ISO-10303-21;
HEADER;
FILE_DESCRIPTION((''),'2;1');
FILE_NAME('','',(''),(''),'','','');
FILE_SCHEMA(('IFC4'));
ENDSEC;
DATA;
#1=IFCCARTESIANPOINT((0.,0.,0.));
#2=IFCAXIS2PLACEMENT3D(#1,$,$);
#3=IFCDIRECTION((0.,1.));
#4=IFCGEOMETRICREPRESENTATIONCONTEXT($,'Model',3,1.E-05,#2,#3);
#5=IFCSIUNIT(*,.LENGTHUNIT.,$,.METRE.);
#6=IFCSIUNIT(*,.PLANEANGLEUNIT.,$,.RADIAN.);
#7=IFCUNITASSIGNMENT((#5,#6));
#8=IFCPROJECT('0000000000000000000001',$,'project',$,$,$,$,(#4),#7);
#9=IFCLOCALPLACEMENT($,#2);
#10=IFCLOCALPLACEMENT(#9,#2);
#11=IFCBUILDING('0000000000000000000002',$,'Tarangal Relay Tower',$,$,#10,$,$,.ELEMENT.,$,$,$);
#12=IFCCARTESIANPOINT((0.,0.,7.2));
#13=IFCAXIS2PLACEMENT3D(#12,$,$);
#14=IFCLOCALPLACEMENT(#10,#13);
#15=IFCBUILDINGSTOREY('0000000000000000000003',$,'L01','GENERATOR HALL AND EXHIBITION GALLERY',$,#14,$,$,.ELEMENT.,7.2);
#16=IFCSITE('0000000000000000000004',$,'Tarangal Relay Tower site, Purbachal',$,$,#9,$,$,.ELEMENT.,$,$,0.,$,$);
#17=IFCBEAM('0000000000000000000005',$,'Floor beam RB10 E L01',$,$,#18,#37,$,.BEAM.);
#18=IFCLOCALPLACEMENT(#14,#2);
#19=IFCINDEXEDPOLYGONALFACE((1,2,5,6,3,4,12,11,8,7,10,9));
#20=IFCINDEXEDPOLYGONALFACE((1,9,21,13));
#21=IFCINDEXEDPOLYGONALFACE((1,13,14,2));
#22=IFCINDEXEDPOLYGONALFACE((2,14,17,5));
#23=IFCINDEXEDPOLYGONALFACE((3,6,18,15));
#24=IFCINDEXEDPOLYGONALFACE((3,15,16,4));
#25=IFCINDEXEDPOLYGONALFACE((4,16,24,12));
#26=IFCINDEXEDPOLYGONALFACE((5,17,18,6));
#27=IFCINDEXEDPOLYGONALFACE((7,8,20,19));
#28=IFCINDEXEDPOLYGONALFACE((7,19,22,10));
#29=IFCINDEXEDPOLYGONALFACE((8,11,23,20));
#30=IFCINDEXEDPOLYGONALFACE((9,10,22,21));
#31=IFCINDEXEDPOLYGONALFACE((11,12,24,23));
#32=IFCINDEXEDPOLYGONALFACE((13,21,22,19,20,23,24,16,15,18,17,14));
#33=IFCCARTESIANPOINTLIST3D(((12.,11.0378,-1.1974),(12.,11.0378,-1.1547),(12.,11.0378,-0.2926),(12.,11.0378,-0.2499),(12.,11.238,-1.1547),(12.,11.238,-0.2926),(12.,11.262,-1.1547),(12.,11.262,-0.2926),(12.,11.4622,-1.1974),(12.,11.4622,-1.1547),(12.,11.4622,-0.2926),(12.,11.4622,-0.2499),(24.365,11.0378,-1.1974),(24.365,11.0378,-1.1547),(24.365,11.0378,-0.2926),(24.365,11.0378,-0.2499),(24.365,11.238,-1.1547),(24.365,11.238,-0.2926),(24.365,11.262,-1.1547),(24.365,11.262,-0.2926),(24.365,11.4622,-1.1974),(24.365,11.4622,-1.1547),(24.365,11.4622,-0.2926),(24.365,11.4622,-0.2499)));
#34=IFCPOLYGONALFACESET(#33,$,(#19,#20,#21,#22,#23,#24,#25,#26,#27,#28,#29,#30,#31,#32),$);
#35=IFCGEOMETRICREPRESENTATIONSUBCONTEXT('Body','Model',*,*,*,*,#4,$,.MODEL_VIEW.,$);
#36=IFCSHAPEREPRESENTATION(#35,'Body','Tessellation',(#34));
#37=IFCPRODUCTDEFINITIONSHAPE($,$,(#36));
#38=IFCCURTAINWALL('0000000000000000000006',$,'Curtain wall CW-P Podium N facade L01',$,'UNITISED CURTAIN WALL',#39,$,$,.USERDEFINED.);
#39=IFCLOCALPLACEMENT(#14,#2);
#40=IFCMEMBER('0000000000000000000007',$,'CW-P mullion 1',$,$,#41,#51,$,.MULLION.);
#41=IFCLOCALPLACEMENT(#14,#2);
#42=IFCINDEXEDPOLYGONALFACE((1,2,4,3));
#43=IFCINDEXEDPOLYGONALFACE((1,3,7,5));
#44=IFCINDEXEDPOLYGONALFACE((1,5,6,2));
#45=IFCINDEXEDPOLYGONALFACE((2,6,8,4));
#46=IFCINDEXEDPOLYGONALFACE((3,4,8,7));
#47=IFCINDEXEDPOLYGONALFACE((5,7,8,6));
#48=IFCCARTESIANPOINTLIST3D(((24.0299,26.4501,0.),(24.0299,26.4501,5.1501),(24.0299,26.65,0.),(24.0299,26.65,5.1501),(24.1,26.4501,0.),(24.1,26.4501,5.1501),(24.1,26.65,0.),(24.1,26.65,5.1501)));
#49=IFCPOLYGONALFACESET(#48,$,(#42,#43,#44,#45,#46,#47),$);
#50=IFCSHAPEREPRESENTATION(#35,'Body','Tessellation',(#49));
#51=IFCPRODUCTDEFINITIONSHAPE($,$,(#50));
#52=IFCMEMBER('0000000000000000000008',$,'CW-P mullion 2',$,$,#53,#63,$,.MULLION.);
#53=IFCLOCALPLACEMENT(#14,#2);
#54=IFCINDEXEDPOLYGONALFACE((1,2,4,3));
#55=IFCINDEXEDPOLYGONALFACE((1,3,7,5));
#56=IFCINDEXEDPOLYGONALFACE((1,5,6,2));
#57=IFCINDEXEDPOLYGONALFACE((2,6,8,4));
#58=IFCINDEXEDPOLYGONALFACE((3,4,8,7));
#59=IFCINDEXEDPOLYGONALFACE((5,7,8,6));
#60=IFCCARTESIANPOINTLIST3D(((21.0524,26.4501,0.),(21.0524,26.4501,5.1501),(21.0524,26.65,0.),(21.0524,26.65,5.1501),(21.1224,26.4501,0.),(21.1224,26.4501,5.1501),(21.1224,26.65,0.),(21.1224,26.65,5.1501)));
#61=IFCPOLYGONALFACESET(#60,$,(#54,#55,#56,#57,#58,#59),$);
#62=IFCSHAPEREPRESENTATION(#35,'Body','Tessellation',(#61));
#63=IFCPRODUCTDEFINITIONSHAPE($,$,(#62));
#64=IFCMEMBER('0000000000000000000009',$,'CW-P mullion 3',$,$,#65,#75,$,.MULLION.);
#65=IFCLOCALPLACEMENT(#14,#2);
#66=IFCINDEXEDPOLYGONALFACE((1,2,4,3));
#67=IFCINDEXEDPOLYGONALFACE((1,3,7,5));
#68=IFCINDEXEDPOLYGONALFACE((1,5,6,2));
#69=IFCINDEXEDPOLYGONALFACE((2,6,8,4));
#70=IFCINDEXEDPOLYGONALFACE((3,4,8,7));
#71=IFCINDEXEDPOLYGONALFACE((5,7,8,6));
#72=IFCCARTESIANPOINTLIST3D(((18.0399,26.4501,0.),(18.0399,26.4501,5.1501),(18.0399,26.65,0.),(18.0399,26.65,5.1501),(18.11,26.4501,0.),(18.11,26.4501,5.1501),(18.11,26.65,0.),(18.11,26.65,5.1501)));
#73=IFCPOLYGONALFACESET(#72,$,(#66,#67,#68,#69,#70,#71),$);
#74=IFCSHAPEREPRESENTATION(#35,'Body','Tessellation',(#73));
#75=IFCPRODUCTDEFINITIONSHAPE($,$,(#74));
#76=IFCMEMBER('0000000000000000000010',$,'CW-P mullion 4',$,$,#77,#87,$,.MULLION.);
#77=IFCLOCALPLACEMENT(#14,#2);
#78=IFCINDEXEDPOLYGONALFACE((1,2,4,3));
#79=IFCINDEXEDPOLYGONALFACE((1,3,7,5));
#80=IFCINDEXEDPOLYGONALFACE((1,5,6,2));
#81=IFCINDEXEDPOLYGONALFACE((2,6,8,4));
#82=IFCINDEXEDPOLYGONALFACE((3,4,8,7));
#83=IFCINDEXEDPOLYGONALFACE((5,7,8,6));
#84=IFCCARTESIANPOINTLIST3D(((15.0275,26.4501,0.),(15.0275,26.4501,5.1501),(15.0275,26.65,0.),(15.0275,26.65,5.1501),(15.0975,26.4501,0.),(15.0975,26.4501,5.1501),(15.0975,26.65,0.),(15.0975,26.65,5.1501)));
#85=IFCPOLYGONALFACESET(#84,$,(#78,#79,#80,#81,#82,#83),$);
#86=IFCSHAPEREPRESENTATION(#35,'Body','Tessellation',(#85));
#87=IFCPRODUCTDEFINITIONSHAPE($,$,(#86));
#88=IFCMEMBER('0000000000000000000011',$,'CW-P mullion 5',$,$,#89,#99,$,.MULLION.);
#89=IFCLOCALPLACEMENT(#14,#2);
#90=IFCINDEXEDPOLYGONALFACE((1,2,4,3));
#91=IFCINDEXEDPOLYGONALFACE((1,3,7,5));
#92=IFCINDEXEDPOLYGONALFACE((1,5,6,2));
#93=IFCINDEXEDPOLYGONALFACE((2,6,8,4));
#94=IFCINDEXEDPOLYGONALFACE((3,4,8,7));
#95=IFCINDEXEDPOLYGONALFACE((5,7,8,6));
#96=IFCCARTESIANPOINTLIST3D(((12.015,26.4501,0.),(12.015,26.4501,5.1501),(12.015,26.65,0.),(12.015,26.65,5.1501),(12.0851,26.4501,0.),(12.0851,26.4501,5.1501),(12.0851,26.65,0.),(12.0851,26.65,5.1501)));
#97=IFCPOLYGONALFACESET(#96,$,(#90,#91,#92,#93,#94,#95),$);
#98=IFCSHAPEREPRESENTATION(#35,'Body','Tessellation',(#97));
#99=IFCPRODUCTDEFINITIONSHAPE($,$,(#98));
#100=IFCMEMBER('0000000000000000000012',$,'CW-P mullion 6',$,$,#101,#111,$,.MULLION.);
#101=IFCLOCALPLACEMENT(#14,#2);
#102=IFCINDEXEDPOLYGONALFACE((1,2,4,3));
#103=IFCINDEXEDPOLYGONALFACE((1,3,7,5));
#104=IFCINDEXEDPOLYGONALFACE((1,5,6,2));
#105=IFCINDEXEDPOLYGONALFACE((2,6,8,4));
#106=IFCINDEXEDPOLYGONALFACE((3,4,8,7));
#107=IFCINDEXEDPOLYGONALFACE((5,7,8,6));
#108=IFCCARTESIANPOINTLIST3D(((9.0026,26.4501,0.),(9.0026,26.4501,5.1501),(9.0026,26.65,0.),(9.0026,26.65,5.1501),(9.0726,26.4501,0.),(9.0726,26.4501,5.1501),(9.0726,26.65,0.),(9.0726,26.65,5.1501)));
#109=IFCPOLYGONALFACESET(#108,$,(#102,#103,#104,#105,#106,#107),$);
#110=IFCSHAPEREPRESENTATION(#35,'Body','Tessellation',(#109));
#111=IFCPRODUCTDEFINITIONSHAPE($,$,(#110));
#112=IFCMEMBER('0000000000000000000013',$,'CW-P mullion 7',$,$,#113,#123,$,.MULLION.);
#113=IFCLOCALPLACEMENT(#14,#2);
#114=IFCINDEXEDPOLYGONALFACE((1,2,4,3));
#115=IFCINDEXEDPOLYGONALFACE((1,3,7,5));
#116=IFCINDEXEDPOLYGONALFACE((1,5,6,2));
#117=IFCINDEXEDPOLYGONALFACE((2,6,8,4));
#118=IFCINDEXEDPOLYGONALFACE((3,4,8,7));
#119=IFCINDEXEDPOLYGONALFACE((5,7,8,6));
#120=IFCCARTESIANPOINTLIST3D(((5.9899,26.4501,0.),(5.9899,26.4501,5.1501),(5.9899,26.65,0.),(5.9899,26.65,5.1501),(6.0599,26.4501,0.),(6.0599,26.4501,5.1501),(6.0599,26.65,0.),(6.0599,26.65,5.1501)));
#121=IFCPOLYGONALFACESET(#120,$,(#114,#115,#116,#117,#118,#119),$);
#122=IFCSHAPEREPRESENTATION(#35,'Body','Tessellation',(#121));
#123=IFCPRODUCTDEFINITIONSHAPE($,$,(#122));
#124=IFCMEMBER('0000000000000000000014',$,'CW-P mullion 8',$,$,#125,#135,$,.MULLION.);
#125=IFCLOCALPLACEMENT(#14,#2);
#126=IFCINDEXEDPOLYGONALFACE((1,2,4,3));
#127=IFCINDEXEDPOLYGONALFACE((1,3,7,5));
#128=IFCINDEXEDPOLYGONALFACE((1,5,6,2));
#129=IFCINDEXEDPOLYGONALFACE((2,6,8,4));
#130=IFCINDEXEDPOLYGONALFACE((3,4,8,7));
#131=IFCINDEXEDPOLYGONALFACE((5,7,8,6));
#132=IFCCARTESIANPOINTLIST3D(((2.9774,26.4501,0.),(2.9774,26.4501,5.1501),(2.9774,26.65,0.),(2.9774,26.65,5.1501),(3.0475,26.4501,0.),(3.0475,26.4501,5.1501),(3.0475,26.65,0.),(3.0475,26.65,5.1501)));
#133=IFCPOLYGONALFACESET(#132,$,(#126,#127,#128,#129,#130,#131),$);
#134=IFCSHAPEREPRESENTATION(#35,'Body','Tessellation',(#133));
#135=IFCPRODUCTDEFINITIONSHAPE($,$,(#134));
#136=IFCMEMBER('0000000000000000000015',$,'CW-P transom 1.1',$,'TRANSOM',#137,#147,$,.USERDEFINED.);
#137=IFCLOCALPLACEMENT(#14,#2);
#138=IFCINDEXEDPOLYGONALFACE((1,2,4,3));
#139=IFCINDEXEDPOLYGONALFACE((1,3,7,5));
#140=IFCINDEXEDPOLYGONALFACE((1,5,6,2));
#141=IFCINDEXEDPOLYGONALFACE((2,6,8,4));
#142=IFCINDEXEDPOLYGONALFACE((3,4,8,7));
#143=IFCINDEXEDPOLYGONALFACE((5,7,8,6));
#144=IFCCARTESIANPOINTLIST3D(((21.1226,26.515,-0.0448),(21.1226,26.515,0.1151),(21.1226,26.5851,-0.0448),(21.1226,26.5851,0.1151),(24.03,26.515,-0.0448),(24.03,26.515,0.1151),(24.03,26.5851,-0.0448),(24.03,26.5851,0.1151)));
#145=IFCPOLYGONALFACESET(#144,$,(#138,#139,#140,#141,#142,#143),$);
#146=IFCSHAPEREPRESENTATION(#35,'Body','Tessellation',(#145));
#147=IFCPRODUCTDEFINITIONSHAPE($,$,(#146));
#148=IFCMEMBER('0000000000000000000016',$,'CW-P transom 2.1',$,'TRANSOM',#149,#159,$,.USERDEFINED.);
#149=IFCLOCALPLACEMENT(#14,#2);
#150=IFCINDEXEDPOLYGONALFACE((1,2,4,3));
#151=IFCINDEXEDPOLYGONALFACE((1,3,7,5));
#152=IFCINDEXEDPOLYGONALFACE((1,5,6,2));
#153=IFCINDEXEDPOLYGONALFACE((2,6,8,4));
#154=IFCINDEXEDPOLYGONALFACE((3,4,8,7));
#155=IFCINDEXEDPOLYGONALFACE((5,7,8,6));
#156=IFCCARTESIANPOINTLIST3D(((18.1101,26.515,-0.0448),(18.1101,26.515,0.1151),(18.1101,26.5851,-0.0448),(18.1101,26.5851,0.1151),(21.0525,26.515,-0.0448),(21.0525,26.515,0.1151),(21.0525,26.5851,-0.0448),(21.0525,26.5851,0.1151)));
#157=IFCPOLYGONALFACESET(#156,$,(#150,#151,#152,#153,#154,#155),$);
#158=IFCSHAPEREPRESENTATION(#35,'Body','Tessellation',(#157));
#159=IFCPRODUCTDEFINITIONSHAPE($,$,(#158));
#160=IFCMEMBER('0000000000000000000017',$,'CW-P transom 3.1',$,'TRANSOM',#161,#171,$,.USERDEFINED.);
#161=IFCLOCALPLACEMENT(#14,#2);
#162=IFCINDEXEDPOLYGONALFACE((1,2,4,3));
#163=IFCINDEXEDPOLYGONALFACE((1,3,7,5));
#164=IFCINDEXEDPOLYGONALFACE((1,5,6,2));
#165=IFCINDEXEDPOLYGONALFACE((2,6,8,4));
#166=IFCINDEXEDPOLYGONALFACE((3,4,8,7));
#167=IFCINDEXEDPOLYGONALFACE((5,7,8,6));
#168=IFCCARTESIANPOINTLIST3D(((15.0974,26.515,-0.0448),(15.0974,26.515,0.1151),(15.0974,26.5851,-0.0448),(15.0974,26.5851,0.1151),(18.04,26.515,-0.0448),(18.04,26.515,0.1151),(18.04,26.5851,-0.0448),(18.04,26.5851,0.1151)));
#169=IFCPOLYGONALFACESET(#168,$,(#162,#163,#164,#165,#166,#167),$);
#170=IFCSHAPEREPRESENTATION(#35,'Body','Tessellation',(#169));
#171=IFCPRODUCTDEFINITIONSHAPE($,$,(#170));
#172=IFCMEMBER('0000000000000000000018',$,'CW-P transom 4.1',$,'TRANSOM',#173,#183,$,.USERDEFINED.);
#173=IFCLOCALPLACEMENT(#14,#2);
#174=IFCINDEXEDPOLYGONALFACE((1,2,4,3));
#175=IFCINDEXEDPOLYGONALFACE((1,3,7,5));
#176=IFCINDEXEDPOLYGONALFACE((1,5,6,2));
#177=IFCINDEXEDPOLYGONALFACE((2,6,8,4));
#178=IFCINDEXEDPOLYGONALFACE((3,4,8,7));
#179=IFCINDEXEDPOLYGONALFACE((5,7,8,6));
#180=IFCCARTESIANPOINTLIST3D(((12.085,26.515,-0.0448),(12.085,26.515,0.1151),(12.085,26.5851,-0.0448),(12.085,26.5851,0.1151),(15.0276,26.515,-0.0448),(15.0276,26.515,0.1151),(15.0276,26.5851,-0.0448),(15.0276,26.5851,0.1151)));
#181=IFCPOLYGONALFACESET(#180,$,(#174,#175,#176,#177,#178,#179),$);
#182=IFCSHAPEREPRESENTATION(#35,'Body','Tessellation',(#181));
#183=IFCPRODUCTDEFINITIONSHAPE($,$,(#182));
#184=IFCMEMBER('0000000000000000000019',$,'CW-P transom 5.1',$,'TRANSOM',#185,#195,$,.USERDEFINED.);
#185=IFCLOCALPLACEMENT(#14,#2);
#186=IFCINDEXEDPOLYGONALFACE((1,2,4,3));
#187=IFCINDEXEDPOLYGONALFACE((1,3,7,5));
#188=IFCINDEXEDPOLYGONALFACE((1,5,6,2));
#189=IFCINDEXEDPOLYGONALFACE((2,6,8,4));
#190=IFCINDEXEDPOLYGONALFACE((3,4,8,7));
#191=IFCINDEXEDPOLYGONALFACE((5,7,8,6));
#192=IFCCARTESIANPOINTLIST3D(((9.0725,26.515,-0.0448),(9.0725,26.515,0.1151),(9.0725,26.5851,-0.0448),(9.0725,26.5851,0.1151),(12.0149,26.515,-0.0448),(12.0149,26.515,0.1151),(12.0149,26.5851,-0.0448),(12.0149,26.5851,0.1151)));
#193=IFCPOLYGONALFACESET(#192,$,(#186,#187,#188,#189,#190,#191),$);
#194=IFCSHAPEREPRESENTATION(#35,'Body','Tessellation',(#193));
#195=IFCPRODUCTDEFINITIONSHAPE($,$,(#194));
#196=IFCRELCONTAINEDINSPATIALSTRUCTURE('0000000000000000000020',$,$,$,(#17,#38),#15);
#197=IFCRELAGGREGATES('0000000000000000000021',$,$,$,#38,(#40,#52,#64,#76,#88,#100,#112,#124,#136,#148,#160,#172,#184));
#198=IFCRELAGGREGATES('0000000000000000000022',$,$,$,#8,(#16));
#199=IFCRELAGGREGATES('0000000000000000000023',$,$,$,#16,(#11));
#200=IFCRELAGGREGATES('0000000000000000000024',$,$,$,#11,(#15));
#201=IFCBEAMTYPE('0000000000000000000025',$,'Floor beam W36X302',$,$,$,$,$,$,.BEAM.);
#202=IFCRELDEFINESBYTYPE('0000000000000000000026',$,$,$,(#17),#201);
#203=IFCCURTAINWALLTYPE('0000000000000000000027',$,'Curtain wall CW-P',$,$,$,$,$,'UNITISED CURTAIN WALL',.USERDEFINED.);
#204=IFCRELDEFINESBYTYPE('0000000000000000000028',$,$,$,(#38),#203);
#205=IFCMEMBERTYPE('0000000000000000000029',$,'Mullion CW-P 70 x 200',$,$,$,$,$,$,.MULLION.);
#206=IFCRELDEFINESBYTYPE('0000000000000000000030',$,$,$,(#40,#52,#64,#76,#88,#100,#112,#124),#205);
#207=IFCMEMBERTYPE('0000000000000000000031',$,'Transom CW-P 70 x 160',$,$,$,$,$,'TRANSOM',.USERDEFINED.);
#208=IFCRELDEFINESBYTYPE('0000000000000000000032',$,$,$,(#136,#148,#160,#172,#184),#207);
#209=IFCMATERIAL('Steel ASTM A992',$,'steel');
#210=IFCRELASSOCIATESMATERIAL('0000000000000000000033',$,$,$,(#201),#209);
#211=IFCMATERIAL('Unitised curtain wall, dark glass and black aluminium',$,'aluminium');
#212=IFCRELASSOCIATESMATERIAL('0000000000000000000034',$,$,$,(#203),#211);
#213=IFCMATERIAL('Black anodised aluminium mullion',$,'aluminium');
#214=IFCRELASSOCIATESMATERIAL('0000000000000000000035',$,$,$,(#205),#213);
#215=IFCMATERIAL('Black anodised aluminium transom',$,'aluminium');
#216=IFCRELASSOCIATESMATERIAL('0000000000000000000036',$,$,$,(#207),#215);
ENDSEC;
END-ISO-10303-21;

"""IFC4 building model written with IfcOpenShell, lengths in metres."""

from ifc_helpers import new_model, si_unit, direction, frame, origin, origin_2d, place, context, subcontext, project, spatial, rectangle, i_section, extrude, material, material_profile, profile_set, type_object, element, aggregate, save


model = new_model("IFC4")

# Units and contexts
model_context = context("Model", 3, precision=1e-05, world=origin(), true_north=direction((0.0, 1.0)))
body_context = subcontext(model_context, "Body", "Model", "MODEL_VIEW")
ifc_project = project(units=[si_unit("LENGTHUNIT", "METRE"), si_unit("PLANEANGLEUNIT", "RADIAN")], contexts=[model_context])

# Site, building, storey
site_placement = place(None, origin())
site = spatial("IfcSite", under=ifc_project, at=site_placement, Name="Tarangal Relay Tower site, Purbachal", CompositionType="ELEMENT", RefElevation=0.0)
building_placement = place(site_placement, origin())
building = spatial("IfcBuilding", under=site, at=building_placement, Name="Tarangal Relay Tower", CompositionType="ELEMENT")
storey_placement = place(building_placement, frame((0.0, 0.0, 7.2)))
storey = spatial("IfcBuildingStorey", under=building, at=storey_placement, Name="L01", Description="GENERATOR HALL AND EXHIBITION GALLERY", CompositionType="ELEMENT", Elevation=7.2)

# Beam
ifc_material_1 = material(Name="Steel ASTM A992", Category="steel")
ifc_material_profile_1 = material_profile(ifc_material_1, i_section(OverallWidth=0.4243, OverallDepth=0.9475, WebThickness=0.0239, FlangeThickness=0.0427, at=origin_2d()), Name="W36X302")
ifc_profile_set_1 = profile_set([ifc_material_profile_1], Name="Steel ASTM A992")
beam_type_1 = type_object("IfcBeamType", Name="Floor beam W36X302", PredefinedType="BEAM", material=ifc_profile_set_1)
for number, where, z_axis, x_axis, name in (
    (1, (12.0, 11.25, -0.7236), (1.0, 0.0, 0.0), (0.0, 1.0, 0.0), "Floor beam RB10 E L01"),
):
    element("IfcBeam", number, at=place(storey_placement, frame(where, z_axis=z_axis, x_axis=x_axis)), inside=storey, type_object=beam_type_1, Name=name, PredefinedType="BEAM", context=body_context, shape_type="SweptSolid", body=[
        extrude(i_section(OverallWidth=0.4243, OverallDepth=0.9475, WebThickness=0.0239, FlangeThickness=0.0427, at=origin_2d()), origin(), (0.0, 0.0, 1.0), 12.365),
    ])

# Curtain wall, members
ifc_material_2 = material(Name="Unitised curtain wall, dark glass and black aluminium", Category="aluminium")
curtain_wall_type = type_object("IfcCurtainWallType", Name="Curtain wall CW-P", ElementType="UNITISED CURTAIN WALL", PredefinedType="USERDEFINED", material=ifc_material_2)
curtain_wall_placement = place(storey_placement, origin())
curtain_wall = element("IfcCurtainWall", 2, at=curtain_wall_placement, inside=storey, type_object=curtain_wall_type, Name="Curtain wall CW-P Podium N facade L01", ObjectType="UNITISED CURTAIN WALL", PredefinedType="USERDEFINED")
ifc_material_3 = material(Name="Black anodised aluminium mullion", Category="aluminium")
ifc_material_profile_2 = material_profile(ifc_material_3, rectangle(XDim=0.2, YDim=0.0701, at=origin_2d()), Name="CW-PM 70X200")
ifc_profile_set_2 = profile_set([ifc_material_profile_2], Name="Black anodised aluminium mullion")
member_type_1 = type_object("IfcMemberType", Name="Mullion CW-P 70 x 200", PredefinedType="MULLION", material=ifc_profile_set_2)
member_1_placement = place(storey_placement, frame((24.0649, 26.55, 0.0), z_axis=(0.0, 0.0, 1.0), x_axis=(0.0, -1.0, 0.0)))
member_1 = element("IfcMember", 3, at=member_1_placement, type_object=member_type_1, Name="CW-P mullion 1", PredefinedType="MULLION", context=body_context, shape_type="SweptSolid", body=[
    extrude(rectangle(XDim=0.2, YDim=0.0701, at=origin_2d()), origin(), (0.0, 0.0, 1.0), 5.1501),
])
member_2_placement = place(storey_placement, frame((21.0874, 26.55, 0.0), z_axis=(0.0, 0.0, 1.0), x_axis=(0.0, -1.0, 0.0)))
member_2 = element("IfcMember", 4, at=member_2_placement, type_object=member_type_1, Name="CW-P mullion 2", PredefinedType="MULLION", context=body_context, shape_type="SweptSolid", body=[
    extrude(rectangle(XDim=0.2, YDim=0.0701, at=origin_2d()), origin(), (0.0, 0.0, 1.0), 5.1501),
])
member_3_placement = place(storey_placement, frame((18.075, 26.55, 0.0), z_axis=(0.0, 0.0, 1.0), x_axis=(0.0, -1.0, 0.0)))
member_3 = element("IfcMember", 5, at=member_3_placement, type_object=member_type_1, Name="CW-P mullion 3", PredefinedType="MULLION", context=body_context, shape_type="SweptSolid", body=[
    extrude(rectangle(XDim=0.2, YDim=0.0701, at=origin_2d()), origin(), (0.0, 0.0, 1.0), 5.1501),
])
member_4_placement = place(storey_placement, frame((15.0625, 26.55, 0.0), z_axis=(0.0, 0.0, 1.0), x_axis=(0.0, -1.0, 0.0)))
member_4 = element("IfcMember", 6, at=member_4_placement, type_object=member_type_1, Name="CW-P mullion 4", PredefinedType="MULLION", context=body_context, shape_type="SweptSolid", body=[
    extrude(rectangle(XDim=0.2, YDim=0.0701, at=origin_2d()), origin(), (0.0, 0.0, 1.0), 5.1501),
])
member_5_placement = place(storey_placement, frame((12.05, 26.55, 0.0), z_axis=(0.0, 0.0, 1.0), x_axis=(0.0, -1.0, 0.0)))
member_5 = element("IfcMember", 7, at=member_5_placement, type_object=member_type_1, Name="CW-P mullion 5", PredefinedType="MULLION", context=body_context, shape_type="SweptSolid", body=[
    extrude(rectangle(XDim=0.2, YDim=0.0701, at=origin_2d()), origin(), (0.0, 0.0, 1.0), 5.1501),
])
member_6_placement = place(storey_placement, frame((9.0376, 26.55, 0.0), z_axis=(0.0, 0.0, 1.0), x_axis=(0.0, -1.0, 0.0)))
member_6 = element("IfcMember", 8, at=member_6_placement, type_object=member_type_1, Name="CW-P mullion 6", PredefinedType="MULLION", context=body_context, shape_type="SweptSolid", body=[
    extrude(rectangle(XDim=0.2, YDim=0.0701, at=origin_2d()), origin(), (0.0, 0.0, 1.0), 5.1501),
])
member_7_placement = place(storey_placement, frame((6.0249, 26.55, 0.0), z_axis=(0.0, 0.0, 1.0), x_axis=(0.0, -1.0, 0.0)))
member_7 = element("IfcMember", 9, at=member_7_placement, type_object=member_type_1, Name="CW-P mullion 7", PredefinedType="MULLION", context=body_context, shape_type="SweptSolid", body=[
    extrude(rectangle(XDim=0.2, YDim=0.0701, at=origin_2d()), origin(), (0.0, 0.0, 1.0), 5.1501),
])
member_8_placement = place(storey_placement, frame((3.0125, 26.55, 0.0), z_axis=(0.0, 0.0, 1.0), x_axis=(0.0, -1.0, 0.0)))
member_8 = element("IfcMember", 10, at=member_8_placement, type_object=member_type_1, Name="CW-P mullion 8", PredefinedType="MULLION", context=body_context, shape_type="SweptSolid", body=[
    extrude(rectangle(XDim=0.2, YDim=0.0701, at=origin_2d()), origin(), (0.0, 0.0, 1.0), 5.1501),
])
ifc_material_4 = material(Name="Black anodised aluminium transom", Category="aluminium")
ifc_material_profile_3 = material_profile(ifc_material_4, rectangle(XDim=0.0701, YDim=0.1599, at=origin_2d()), Name="CW-PT 70X160")
ifc_profile_set_3 = profile_set([ifc_material_profile_3], Name="Black anodised aluminium transom")
member_type_2 = type_object("IfcMemberType", Name="Transom CW-P 70 x 160", ElementType="TRANSOM", PredefinedType="USERDEFINED", material=ifc_profile_set_3)
member_9_placement = place(storey_placement, frame((24.03, 26.55, 0.0352), z_axis=(-1.0, 0.0, 0.0), x_axis=(0.0, -1.0, 0.0)))
member_9 = element("IfcMember", 11, at=member_9_placement, type_object=member_type_2, Name="CW-P transom 1.1", ObjectType="TRANSOM", PredefinedType="USERDEFINED", context=body_context, shape_type="SweptSolid", body=[
    extrude(rectangle(XDim=0.0701, YDim=0.1599, at=origin_2d()), origin(), (0.0, 0.0, 1.0), 2.9075),
])
member_10_placement = place(storey_placement, frame((21.0525, 26.55, 0.0352), z_axis=(-1.0, 0.0, 0.0), x_axis=(0.0, -1.0, 0.0)))
member_10 = element("IfcMember", 12, at=member_10_placement, type_object=member_type_2, Name="CW-P transom 2.1", ObjectType="TRANSOM", PredefinedType="USERDEFINED", context=body_context, shape_type="SweptSolid", body=[
    extrude(rectangle(XDim=0.0701, YDim=0.1599, at=origin_2d()), origin(), (0.0, 0.0, 1.0), 2.9424),
])
member_11_placement = place(storey_placement, frame((18.04, 26.55, 0.0352), z_axis=(-1.0, 0.0, 0.0), x_axis=(0.0, -1.0, 0.0)))
member_11 = element("IfcMember", 13, at=member_11_placement, type_object=member_type_2, Name="CW-P transom 3.1", ObjectType="TRANSOM", PredefinedType="USERDEFINED", context=body_context, shape_type="SweptSolid", body=[
    extrude(rectangle(XDim=0.0701, YDim=0.1599, at=origin_2d()), origin(), (0.0, 0.0, 1.0), 2.9426),
])
member_12_placement = place(storey_placement, frame((15.0276, 26.55, 0.0352), z_axis=(-1.0, 0.0, 0.0), x_axis=(0.0, -1.0, 0.0)))
member_12 = element("IfcMember", 14, at=member_12_placement, type_object=member_type_2, Name="CW-P transom 4.1", ObjectType="TRANSOM", PredefinedType="USERDEFINED", context=body_context, shape_type="SweptSolid", body=[
    extrude(rectangle(XDim=0.0701, YDim=0.1599, at=origin_2d()), origin(), (0.0, 0.0, 1.0), 2.9426),
])
member_13_placement = place(storey_placement, frame((12.0149, 26.55, 0.0352), z_axis=(-1.0, 0.0, 0.0), x_axis=(0.0, -1.0, 0.0)))
member_13 = element("IfcMember", 15, at=member_13_placement, type_object=member_type_2, Name="CW-P transom 5.1", ObjectType="TRANSOM", PredefinedType="USERDEFINED", context=body_context, shape_type="SweptSolid", body=[
    extrude(rectangle(XDim=0.0701, YDim=0.1599, at=origin_2d()), origin(), (0.0, 0.0, 1.0), 2.9424),
])
aggregate(curtain_wall, [member_1, member_2, member_3, member_4, member_5, member_6, member_7, member_8, member_9, member_10, member_11, member_12, member_13])

save(model, "model.ifc")
